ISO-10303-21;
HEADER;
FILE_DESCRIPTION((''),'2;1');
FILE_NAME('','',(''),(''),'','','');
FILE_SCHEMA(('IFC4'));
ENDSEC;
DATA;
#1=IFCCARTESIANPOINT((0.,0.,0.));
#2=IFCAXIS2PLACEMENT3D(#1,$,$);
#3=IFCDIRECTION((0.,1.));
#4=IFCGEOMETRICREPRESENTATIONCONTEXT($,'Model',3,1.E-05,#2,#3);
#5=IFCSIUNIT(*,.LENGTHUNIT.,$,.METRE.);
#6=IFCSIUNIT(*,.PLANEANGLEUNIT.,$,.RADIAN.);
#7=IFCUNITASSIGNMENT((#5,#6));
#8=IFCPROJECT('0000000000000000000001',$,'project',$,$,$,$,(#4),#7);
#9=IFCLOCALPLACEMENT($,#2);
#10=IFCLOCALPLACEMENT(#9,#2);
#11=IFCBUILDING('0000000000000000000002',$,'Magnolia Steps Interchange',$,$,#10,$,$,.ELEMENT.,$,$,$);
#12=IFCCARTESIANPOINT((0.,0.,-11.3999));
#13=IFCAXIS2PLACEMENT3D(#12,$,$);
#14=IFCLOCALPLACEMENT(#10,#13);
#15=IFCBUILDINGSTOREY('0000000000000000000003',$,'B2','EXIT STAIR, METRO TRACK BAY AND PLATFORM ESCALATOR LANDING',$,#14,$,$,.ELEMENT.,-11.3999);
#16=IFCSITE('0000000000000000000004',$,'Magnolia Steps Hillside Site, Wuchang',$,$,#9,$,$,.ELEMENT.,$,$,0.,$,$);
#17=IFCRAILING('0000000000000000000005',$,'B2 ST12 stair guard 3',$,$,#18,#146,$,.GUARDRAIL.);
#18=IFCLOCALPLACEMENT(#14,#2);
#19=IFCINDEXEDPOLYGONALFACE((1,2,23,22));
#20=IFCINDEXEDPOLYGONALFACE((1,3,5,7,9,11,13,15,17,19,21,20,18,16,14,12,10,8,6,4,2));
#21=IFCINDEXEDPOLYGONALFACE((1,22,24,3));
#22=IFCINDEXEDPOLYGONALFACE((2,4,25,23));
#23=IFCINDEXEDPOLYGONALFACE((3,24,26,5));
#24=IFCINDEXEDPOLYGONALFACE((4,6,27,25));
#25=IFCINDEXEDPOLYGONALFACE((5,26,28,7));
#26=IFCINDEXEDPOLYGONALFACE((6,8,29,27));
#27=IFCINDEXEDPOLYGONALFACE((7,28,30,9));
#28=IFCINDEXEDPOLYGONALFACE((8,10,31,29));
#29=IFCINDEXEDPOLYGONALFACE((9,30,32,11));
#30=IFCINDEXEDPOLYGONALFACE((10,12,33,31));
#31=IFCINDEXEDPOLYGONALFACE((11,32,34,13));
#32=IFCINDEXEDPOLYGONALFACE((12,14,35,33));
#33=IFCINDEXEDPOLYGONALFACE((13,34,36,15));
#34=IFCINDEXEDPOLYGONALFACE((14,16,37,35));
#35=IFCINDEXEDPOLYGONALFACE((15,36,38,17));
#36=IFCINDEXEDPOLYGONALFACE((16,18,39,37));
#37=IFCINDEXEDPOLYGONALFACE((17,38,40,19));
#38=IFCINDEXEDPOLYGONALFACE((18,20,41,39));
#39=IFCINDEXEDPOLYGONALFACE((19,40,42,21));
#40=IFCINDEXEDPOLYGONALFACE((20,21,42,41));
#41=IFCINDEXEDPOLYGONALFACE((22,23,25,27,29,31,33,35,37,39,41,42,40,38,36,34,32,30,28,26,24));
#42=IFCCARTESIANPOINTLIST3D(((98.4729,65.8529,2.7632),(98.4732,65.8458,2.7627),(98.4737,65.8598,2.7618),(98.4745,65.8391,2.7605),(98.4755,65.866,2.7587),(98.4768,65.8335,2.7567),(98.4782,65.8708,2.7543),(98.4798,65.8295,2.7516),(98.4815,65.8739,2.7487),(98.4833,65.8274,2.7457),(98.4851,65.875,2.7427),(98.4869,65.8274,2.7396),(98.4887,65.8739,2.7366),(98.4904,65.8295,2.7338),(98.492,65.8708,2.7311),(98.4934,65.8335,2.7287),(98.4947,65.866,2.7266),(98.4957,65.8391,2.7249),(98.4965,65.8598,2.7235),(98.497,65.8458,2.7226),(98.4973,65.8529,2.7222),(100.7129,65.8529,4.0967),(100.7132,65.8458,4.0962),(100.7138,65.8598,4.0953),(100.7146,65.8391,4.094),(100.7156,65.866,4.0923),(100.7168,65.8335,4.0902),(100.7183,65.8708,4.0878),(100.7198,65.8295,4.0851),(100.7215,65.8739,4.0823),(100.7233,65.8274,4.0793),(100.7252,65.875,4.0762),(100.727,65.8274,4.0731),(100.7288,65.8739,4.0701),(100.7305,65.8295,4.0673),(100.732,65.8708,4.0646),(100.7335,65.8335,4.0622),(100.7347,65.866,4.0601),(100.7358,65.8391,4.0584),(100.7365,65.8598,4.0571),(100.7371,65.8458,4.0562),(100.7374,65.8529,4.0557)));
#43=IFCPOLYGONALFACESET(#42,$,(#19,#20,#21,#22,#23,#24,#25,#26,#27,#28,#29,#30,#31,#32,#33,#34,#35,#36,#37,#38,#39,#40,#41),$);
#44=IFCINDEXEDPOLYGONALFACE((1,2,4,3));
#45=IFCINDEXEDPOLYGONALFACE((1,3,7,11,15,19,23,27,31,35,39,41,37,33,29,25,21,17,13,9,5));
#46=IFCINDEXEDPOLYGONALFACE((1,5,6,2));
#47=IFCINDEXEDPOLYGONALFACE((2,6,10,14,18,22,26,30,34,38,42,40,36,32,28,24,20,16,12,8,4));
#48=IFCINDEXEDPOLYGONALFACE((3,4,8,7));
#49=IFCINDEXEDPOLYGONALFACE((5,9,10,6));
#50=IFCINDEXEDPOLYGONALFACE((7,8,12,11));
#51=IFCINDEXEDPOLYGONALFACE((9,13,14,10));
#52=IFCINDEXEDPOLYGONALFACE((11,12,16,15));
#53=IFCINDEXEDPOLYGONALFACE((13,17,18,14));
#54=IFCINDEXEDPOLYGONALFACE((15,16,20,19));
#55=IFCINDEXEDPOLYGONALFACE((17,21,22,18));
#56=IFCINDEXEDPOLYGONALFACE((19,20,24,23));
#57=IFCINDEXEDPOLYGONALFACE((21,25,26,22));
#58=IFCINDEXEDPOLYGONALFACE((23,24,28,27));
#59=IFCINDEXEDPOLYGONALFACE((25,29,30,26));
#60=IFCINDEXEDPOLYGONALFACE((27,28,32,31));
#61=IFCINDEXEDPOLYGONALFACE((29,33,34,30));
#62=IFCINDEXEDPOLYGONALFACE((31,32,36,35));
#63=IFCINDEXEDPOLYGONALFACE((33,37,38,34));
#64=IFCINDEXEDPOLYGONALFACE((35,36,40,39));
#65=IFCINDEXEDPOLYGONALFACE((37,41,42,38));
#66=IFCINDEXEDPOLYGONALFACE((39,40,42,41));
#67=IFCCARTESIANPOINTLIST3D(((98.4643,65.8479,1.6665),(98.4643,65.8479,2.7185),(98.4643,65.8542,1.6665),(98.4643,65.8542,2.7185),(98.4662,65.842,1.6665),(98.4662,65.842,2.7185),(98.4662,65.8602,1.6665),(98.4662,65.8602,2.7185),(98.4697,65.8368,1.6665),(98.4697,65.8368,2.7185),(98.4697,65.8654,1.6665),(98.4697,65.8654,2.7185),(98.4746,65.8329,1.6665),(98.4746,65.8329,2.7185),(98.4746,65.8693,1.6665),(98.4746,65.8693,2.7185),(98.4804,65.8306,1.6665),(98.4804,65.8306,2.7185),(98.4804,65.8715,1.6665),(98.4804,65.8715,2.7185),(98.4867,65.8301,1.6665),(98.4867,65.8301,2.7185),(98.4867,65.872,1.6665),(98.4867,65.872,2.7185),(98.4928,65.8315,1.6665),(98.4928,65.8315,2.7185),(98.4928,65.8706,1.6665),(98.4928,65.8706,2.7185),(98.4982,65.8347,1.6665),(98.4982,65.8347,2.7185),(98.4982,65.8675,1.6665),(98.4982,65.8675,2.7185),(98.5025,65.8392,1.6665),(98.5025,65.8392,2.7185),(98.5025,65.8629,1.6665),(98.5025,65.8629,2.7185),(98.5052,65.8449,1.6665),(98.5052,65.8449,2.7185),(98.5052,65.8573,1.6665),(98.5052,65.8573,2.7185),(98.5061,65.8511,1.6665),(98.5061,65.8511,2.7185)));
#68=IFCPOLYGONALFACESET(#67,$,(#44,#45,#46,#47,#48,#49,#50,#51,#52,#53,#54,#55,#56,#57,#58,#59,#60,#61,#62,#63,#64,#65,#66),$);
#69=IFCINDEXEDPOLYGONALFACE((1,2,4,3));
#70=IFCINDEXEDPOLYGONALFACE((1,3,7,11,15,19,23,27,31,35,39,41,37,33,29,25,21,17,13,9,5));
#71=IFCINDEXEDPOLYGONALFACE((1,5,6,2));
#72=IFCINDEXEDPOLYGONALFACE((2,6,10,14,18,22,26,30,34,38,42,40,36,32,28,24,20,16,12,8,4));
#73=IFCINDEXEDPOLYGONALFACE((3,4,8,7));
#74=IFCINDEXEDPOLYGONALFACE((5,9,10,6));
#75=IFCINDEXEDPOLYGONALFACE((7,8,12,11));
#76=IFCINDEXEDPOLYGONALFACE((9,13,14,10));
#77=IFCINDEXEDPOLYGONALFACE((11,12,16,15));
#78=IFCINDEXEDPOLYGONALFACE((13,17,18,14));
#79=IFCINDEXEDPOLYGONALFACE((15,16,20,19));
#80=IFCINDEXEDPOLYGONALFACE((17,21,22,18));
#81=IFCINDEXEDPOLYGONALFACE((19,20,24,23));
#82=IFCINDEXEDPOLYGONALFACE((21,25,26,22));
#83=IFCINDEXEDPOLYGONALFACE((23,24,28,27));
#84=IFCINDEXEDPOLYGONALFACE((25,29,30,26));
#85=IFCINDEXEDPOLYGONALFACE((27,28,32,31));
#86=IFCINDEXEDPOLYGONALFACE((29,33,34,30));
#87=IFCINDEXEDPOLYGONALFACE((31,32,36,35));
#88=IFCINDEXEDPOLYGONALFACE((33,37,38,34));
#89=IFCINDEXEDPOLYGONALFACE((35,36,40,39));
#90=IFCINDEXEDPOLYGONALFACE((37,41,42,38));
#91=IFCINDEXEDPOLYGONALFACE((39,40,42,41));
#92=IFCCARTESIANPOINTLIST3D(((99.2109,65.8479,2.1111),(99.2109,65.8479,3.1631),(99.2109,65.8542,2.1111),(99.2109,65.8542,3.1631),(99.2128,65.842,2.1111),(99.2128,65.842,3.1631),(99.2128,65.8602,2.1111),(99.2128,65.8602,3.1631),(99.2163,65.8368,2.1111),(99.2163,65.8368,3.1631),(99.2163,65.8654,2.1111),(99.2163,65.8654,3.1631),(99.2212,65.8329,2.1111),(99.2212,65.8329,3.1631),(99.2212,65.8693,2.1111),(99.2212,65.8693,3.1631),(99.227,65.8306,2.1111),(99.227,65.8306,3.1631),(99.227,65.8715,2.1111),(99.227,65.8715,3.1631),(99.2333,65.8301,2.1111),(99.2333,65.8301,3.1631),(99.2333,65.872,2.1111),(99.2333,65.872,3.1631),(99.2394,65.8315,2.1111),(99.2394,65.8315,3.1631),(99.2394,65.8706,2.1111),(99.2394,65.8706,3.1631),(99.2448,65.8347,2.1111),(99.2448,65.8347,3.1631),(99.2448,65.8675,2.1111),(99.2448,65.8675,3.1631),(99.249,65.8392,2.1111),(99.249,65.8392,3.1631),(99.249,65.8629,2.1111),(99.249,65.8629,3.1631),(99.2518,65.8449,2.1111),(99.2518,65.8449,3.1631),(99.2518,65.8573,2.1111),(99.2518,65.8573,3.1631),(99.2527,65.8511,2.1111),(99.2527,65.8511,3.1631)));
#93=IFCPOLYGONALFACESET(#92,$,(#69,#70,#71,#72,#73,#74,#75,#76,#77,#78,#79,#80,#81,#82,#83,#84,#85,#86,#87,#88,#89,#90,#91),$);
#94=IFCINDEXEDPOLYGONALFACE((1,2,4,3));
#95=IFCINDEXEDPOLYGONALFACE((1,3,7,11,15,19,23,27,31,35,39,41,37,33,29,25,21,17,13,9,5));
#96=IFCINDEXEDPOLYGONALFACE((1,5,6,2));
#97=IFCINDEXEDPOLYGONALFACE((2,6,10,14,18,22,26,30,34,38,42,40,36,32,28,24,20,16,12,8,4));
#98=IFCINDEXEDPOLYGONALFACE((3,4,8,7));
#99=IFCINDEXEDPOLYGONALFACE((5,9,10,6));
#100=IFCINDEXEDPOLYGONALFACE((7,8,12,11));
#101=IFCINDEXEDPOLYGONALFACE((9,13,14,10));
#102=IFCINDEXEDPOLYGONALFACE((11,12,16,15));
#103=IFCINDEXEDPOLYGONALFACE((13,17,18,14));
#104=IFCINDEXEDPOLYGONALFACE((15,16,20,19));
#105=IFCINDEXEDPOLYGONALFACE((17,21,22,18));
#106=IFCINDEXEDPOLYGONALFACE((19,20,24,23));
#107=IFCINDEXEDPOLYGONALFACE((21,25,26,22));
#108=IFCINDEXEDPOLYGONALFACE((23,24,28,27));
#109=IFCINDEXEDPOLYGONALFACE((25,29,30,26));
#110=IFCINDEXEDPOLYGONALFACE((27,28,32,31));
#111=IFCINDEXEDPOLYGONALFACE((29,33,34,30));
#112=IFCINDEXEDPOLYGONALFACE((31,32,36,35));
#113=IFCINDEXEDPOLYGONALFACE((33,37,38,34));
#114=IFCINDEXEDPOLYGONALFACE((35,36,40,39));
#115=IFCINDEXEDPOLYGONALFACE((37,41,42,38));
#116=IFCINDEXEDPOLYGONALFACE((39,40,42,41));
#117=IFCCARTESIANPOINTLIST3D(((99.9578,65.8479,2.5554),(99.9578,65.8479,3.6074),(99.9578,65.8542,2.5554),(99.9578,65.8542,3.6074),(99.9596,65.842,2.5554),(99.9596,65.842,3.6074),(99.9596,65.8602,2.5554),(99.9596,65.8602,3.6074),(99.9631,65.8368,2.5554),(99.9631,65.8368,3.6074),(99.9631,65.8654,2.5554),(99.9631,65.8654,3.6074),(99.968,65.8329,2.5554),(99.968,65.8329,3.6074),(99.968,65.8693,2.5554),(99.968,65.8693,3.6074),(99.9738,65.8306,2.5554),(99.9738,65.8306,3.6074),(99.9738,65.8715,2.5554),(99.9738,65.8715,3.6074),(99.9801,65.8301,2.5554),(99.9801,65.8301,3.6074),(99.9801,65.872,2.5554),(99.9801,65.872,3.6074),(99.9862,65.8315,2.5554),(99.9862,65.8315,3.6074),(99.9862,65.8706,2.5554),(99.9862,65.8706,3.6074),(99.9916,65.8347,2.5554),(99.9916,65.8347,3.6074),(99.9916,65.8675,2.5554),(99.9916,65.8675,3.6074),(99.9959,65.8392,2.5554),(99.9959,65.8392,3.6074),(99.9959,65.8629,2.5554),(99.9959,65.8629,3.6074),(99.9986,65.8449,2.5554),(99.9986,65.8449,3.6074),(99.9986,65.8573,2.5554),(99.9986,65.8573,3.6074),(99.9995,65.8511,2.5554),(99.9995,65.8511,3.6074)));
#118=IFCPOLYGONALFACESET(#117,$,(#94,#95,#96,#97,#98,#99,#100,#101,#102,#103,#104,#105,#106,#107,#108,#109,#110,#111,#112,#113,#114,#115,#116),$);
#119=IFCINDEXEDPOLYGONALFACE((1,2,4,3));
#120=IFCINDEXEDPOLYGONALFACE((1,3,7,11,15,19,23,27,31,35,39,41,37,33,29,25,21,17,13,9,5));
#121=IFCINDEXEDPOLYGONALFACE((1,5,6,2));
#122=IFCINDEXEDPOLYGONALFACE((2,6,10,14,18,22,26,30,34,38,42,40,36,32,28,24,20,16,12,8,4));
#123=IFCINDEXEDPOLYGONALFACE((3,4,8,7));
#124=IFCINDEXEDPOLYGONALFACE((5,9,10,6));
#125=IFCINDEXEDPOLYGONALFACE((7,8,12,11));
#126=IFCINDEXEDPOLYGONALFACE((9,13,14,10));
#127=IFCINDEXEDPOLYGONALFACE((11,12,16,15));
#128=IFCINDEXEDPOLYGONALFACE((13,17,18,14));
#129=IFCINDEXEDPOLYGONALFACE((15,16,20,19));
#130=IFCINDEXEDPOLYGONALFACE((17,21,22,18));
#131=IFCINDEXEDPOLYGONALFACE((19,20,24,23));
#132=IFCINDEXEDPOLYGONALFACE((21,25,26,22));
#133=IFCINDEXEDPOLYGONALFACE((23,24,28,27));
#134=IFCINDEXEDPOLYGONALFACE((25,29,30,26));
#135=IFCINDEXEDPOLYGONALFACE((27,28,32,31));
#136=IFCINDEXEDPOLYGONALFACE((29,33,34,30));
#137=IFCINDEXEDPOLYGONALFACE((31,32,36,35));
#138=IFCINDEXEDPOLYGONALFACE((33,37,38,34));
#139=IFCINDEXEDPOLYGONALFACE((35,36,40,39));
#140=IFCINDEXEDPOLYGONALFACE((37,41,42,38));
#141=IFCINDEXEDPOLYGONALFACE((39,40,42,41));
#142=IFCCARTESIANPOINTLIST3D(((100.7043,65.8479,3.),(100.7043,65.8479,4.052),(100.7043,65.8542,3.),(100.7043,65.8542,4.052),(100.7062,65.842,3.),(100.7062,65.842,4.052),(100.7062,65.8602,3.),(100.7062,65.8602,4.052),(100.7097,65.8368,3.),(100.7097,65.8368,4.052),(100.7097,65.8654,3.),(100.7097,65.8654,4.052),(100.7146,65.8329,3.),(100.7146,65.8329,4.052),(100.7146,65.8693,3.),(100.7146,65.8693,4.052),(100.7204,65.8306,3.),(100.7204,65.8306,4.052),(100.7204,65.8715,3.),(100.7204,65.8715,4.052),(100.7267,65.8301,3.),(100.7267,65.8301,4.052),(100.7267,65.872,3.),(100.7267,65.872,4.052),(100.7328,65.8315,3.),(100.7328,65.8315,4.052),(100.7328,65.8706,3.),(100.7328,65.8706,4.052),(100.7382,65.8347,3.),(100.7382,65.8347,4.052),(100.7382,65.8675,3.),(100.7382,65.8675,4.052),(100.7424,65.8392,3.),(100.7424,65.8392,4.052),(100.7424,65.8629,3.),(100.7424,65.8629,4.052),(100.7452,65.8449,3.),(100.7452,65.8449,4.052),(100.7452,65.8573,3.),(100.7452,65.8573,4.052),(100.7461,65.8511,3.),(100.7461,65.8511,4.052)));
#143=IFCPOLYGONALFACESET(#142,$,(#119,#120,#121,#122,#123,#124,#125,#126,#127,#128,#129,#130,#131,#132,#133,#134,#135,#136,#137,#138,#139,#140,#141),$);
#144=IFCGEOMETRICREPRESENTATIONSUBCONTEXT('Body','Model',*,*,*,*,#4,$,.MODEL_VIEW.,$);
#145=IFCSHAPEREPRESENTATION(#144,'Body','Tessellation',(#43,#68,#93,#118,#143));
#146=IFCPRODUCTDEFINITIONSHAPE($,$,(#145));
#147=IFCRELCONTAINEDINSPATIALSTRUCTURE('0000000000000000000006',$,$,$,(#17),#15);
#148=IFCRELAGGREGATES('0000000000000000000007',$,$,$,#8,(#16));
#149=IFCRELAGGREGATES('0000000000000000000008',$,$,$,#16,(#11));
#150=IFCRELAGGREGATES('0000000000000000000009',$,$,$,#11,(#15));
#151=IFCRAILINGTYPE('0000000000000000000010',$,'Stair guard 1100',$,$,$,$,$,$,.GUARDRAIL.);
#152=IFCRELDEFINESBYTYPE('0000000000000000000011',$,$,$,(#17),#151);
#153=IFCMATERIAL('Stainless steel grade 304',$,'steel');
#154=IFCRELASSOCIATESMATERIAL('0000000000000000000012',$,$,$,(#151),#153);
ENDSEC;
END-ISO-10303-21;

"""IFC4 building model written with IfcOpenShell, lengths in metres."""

from ifc_helpers import new_model, si_unit, direction, frame, origin, origin_2d, place, context, subcontext, project, spatial, circle, extrude, material, type_object, element, save


model = new_model("IFC4")

# Units and contexts
model_context = context("Model", 3, precision=1e-05, world=origin(), true_north=direction((0.0, 1.0)))
body_context = subcontext(model_context, "Body", "Model", "MODEL_VIEW")
ifc_project = project(units=[si_unit("LENGTHUNIT", "METRE"), si_unit("PLANEANGLEUNIT", "RADIAN")], contexts=[model_context])

# Site, building, storey
site_placement = place(None, origin())
site = spatial("IfcSite", under=ifc_project, at=site_placement, Name="Magnolia Steps Hillside Site, Wuchang", CompositionType="ELEMENT", RefElevation=0.0)
building_placement = place(site_placement, origin())
building = spatial("IfcBuilding", under=site, at=building_placement, Name="Magnolia Steps Interchange", CompositionType="ELEMENT")
storey_placement = place(building_placement, frame((0.0, 0.0, -11.3999)))
storey = spatial("IfcBuildingStorey", under=building, at=storey_placement, Name="B2", Description="EXIT STAIR, METRO TRACK BAY AND PLATFORM ESCALATOR LANDING", CompositionType="ELEMENT", Elevation=-11.3999)

# Railing
ifc_material_1 = material(Name="Stainless steel grade 304", Category="steel")
railing_type_1 = type_object("IfcRailingType", Name="Stair guard 1100", PredefinedType="GUARDRAIL", material=ifc_material_1)
railing_1_placement = place(storey_placement, frame((98.4851, 65.8511, 1.6665)))
element("IfcRailing", 1, at=railing_1_placement, inside=storey, type_object=railing_type_1, Name="B2 ST12 stair guard 3", PredefinedType="GUARDRAIL", context=body_context, shape_type="SweptSolid", body=[
    extrude(circle(Radius=0.0239, at=origin_2d()), frame((0.0, 0.0, 1.0762), z_axis=(0.859264, 0.0, 0.511532), x_axis=(0.0, 1.0, 0.0)), (0.0, 0.0, 1.0), 2.6069),
    extrude(circle(Radius=0.021, at=origin_2d()), origin(), (0.0, 0.0, 1.0), 1.052),
    extrude(circle(Radius=0.021, at=origin_2d()), frame((0.7466, 0.0, 0.4446)), (0.0, 0.0, 1.0), 1.052),
    extrude(circle(Radius=0.021, at=origin_2d()), frame((1.4934, 0.0, 0.8889)), (0.0, 0.0, 1.0), 1.052),
    extrude(circle(Radius=0.021, at=origin_2d()), frame((2.24, 0.0, 1.3335)), (0.0, 0.0, 1.0), 1.052),
])

save(model, "model.ifc")
